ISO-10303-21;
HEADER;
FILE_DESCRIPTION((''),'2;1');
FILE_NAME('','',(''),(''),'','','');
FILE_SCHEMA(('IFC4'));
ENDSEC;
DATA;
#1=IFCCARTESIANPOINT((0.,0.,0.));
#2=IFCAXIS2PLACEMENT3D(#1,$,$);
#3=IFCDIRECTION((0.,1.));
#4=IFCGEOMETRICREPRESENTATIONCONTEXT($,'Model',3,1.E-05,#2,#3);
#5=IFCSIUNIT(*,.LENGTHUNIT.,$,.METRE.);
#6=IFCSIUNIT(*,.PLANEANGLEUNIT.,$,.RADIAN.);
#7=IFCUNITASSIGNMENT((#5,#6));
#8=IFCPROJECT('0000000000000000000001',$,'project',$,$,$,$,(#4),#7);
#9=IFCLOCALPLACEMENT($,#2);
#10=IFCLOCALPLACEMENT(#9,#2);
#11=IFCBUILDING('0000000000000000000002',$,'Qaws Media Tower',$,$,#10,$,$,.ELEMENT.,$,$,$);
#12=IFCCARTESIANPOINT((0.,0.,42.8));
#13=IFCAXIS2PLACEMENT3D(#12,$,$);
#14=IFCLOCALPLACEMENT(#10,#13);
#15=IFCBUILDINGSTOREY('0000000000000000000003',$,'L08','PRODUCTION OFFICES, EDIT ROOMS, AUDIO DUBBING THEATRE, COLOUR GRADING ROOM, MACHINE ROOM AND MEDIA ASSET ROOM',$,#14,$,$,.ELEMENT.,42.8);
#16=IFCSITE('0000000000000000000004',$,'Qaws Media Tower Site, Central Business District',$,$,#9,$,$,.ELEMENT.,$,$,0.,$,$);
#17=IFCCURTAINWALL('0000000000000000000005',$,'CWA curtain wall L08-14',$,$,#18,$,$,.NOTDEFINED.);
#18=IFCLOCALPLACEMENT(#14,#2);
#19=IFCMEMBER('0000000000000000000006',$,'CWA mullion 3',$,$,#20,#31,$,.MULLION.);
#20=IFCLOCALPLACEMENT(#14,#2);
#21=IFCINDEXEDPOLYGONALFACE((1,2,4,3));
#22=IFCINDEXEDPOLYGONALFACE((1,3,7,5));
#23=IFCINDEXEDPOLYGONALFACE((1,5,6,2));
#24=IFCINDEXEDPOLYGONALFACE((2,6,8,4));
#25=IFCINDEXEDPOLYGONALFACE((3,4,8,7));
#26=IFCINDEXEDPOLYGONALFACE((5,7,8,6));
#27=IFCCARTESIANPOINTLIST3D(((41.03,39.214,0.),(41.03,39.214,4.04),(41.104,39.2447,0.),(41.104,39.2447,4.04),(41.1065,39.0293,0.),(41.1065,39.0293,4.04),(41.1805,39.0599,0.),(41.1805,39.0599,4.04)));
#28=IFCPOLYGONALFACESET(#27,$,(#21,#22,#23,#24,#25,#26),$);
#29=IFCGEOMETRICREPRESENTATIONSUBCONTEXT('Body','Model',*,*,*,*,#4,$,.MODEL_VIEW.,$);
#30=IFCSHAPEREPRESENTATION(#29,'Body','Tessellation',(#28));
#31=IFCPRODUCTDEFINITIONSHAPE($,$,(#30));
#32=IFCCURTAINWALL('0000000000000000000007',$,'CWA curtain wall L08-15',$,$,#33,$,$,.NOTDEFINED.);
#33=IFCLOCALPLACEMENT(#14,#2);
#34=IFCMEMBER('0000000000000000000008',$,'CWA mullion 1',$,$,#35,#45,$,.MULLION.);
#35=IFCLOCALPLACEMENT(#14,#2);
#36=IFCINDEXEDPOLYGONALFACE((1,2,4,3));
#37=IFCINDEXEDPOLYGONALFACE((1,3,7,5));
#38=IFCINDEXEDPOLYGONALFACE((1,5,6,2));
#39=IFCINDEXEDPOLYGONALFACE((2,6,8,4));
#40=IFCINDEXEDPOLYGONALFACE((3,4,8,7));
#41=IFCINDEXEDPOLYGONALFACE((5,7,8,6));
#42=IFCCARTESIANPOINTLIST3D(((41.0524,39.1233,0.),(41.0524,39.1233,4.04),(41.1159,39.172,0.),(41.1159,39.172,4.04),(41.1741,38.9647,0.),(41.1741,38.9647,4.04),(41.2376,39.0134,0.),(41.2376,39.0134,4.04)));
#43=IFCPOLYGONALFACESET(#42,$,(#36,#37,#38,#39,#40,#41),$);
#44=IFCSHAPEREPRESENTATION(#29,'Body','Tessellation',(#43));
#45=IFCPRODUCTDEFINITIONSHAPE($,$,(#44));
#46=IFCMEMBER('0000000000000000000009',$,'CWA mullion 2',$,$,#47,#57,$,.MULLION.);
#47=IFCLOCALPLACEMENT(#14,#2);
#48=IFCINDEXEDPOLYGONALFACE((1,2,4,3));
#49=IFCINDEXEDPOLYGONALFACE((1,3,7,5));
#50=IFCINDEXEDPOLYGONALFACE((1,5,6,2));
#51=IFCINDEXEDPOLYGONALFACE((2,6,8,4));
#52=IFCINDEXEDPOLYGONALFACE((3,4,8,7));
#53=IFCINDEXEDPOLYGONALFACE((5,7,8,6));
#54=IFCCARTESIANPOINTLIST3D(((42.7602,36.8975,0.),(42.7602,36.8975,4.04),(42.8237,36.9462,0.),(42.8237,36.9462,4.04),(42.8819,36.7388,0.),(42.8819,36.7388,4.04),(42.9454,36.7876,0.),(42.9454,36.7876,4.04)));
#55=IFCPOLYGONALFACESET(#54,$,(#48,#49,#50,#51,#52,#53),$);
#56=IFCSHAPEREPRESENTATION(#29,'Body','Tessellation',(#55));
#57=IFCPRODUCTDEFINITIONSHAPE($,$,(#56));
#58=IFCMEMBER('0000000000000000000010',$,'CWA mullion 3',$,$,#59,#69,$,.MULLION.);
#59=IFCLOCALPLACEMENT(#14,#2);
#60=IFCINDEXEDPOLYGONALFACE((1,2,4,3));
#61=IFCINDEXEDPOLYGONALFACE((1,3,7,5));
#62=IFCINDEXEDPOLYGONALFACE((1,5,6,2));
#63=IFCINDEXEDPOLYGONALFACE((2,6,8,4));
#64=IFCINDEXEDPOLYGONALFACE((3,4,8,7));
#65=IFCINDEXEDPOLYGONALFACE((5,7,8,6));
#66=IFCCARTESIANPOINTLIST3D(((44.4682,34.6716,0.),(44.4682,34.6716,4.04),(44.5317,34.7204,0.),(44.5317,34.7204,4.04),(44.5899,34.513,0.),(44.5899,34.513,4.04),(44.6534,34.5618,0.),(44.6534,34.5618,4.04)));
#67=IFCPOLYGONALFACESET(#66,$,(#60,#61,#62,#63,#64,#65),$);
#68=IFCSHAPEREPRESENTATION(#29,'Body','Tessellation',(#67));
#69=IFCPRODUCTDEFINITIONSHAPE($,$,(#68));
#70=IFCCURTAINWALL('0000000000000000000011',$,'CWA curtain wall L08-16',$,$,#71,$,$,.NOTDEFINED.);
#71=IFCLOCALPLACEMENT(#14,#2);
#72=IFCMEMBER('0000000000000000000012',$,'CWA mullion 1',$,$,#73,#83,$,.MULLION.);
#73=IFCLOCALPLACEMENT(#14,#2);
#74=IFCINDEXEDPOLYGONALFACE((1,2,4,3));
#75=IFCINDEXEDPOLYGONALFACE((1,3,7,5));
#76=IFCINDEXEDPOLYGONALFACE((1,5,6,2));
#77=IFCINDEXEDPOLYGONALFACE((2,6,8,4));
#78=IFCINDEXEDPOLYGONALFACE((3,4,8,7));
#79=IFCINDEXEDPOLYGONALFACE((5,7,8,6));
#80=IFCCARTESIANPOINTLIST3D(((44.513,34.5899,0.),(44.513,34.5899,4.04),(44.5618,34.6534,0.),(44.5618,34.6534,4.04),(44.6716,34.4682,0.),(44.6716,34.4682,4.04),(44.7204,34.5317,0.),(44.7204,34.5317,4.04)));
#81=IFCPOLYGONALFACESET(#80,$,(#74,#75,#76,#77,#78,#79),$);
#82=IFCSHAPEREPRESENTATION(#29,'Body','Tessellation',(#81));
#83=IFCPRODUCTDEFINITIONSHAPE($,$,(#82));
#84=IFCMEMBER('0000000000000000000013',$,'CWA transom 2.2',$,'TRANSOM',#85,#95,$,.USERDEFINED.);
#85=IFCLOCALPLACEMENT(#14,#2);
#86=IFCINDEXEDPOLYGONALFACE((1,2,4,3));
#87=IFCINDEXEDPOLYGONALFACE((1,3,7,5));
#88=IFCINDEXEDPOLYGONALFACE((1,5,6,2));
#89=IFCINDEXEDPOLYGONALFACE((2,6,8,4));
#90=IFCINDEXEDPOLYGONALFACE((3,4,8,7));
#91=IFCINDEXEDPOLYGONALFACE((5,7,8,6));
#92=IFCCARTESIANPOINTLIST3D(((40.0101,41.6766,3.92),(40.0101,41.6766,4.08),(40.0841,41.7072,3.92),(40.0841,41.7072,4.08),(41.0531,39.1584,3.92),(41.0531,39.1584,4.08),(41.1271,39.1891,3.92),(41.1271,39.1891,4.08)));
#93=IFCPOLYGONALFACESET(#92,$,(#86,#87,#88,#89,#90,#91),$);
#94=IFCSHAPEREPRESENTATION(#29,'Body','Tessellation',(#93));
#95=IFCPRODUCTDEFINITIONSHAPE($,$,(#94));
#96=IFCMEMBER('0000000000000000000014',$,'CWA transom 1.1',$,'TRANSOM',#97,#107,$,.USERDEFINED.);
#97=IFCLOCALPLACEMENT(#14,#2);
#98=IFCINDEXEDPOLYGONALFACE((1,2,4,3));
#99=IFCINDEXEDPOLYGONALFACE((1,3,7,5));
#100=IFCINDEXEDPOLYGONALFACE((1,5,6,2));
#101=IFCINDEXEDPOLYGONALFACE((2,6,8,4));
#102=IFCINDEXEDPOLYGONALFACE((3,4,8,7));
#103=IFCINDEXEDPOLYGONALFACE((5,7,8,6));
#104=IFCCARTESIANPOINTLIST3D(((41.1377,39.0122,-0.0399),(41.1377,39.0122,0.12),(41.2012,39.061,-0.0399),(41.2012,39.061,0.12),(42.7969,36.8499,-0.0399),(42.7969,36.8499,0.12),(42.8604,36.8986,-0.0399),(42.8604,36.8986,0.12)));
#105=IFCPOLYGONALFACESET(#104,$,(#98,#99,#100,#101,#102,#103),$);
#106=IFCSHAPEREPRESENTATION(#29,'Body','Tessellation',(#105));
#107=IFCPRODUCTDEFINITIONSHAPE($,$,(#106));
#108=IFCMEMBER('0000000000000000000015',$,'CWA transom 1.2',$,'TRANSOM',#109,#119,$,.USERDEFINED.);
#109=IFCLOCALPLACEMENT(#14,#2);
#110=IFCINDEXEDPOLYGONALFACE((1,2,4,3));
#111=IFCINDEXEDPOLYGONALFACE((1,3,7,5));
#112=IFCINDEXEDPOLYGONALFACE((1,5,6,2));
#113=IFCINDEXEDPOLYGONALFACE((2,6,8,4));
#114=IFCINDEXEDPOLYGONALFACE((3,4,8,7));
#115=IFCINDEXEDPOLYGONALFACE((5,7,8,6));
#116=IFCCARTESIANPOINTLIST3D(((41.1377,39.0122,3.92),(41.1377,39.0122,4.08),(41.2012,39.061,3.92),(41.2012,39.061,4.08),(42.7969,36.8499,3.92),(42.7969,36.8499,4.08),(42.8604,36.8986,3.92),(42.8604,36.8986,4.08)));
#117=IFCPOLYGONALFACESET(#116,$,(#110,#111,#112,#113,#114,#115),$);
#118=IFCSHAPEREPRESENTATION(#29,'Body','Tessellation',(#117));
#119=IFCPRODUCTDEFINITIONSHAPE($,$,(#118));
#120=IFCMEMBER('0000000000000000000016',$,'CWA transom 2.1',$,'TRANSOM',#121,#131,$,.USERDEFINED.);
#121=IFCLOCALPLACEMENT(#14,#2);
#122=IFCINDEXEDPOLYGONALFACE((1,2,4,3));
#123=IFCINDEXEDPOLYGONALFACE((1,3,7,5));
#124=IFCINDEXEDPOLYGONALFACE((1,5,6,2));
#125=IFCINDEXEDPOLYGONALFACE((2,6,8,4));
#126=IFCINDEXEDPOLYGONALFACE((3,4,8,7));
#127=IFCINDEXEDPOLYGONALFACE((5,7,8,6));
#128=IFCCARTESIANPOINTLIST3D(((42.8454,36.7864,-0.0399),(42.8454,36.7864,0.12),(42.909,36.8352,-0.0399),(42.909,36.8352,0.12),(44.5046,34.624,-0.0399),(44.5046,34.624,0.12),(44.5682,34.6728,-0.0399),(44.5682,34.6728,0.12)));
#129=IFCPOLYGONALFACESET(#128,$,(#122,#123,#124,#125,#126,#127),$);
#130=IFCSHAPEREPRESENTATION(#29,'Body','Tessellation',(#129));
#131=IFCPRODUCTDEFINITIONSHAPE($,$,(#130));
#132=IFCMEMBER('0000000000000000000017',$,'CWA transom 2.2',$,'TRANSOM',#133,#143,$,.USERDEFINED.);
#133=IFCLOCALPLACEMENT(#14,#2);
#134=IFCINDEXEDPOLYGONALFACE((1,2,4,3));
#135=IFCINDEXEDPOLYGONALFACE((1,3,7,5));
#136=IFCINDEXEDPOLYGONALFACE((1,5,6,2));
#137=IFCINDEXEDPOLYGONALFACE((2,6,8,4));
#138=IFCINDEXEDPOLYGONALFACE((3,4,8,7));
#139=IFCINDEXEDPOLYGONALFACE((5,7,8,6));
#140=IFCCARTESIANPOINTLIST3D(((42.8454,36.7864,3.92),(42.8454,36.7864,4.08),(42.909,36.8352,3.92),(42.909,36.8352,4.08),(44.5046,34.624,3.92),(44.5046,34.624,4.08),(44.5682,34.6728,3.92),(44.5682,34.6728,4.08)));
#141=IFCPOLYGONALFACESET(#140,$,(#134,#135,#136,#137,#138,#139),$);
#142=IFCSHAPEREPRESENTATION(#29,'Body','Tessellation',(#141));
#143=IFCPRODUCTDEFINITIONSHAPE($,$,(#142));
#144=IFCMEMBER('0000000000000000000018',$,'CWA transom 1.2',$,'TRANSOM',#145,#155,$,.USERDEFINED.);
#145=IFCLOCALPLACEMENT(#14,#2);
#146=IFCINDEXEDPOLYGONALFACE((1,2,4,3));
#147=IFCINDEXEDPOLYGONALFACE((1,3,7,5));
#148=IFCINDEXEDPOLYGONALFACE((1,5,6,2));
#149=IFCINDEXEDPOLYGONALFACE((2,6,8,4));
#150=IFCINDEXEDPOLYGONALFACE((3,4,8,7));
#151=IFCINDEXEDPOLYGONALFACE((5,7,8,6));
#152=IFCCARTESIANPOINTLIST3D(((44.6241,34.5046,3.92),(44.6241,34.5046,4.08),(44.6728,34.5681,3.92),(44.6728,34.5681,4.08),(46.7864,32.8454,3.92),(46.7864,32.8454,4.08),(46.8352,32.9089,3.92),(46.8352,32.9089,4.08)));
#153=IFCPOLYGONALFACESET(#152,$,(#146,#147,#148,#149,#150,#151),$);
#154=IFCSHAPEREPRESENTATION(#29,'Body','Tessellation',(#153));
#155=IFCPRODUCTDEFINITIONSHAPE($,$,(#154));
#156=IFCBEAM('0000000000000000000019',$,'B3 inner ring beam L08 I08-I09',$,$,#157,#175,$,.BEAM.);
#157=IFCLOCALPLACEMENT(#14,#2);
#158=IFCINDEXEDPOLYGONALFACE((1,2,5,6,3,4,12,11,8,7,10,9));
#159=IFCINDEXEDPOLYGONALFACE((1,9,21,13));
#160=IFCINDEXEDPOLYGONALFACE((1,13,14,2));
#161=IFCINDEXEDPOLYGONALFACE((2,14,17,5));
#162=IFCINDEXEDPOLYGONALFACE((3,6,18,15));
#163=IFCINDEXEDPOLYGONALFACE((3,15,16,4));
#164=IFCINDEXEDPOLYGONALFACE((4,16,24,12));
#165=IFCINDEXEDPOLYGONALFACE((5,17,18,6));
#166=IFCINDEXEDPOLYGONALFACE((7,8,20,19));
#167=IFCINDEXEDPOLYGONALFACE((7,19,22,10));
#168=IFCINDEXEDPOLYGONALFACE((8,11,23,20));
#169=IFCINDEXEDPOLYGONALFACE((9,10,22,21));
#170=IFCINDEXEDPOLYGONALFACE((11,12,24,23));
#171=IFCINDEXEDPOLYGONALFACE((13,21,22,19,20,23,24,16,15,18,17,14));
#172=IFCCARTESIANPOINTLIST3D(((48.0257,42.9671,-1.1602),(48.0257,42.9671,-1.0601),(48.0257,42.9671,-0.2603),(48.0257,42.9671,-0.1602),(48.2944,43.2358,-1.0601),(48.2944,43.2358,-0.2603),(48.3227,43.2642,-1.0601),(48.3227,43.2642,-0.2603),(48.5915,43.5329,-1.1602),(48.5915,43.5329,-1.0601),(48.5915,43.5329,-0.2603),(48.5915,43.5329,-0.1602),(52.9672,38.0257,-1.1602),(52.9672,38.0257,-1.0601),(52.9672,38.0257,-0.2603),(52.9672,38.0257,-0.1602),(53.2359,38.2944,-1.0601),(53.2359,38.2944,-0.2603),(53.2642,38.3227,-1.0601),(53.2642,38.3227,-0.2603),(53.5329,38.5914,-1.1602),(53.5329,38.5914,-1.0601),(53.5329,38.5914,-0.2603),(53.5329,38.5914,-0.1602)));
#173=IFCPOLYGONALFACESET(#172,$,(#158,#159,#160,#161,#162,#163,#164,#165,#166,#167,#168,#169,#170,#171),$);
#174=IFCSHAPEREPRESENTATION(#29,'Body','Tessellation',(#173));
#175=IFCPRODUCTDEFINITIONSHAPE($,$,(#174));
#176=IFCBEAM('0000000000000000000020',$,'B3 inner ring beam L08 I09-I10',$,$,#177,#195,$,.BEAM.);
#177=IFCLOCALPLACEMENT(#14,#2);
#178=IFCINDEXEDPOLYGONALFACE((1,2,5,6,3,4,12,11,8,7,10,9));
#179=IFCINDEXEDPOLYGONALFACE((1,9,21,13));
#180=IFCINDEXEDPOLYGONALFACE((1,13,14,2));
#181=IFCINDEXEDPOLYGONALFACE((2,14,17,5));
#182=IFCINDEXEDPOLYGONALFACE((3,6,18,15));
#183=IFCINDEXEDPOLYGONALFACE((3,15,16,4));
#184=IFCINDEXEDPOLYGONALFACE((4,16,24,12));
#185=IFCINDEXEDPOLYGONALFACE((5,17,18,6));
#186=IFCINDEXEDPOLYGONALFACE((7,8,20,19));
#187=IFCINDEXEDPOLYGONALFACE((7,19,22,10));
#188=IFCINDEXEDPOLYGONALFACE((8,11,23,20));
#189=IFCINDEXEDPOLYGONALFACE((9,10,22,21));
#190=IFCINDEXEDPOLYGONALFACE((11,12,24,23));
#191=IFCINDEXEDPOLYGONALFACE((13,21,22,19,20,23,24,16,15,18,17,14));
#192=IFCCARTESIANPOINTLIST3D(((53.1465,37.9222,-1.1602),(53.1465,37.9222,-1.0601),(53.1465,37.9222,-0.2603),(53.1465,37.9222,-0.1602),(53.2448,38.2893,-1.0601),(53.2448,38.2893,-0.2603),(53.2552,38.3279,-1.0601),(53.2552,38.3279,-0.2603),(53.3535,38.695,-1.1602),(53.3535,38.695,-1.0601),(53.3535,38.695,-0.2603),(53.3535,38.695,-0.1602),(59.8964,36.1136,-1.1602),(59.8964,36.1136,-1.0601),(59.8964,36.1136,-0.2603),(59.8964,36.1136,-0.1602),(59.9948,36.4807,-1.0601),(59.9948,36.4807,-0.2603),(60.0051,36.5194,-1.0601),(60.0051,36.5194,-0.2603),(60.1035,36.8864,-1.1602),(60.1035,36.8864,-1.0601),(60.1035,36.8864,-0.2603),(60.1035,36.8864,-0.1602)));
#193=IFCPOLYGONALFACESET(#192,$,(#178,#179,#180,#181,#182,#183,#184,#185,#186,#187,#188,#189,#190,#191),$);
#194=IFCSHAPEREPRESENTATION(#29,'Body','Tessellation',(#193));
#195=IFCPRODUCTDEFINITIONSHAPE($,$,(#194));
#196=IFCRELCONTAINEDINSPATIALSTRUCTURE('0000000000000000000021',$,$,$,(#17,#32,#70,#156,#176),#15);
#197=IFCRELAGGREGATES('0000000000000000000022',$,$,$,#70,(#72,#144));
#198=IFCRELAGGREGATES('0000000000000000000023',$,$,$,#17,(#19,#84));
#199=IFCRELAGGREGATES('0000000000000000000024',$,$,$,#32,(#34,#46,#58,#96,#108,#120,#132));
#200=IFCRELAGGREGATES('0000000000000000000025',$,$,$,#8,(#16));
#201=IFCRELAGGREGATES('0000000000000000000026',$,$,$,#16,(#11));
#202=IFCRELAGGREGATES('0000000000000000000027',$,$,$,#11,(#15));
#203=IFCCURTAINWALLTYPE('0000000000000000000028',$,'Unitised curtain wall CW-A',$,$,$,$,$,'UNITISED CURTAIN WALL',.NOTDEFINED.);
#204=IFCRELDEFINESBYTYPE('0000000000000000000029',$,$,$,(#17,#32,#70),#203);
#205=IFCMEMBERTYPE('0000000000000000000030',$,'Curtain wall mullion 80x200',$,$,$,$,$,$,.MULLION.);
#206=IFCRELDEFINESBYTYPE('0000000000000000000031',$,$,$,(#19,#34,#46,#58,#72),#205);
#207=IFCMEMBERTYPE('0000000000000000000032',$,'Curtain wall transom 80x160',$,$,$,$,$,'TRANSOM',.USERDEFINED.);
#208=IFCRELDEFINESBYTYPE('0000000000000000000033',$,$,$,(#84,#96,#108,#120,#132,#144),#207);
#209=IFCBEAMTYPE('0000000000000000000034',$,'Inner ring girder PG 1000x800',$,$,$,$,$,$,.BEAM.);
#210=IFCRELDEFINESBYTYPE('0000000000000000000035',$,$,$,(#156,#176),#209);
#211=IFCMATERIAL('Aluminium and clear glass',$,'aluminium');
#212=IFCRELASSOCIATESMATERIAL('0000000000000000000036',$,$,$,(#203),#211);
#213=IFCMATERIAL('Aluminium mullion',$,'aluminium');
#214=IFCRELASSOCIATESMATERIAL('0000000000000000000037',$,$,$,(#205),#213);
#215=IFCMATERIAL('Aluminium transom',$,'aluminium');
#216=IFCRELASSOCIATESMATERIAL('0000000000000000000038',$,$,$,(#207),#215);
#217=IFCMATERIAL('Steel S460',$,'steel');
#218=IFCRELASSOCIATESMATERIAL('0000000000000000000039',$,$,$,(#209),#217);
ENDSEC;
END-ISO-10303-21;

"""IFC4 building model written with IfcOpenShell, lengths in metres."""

from ifc_helpers import new_model, si_unit, direction, frame, origin, origin_2d, place, context, subcontext, project, spatial, rectangle, i_section, extrude, material, material_profile, profile_set, type_object, element, aggregate, save


model = new_model("IFC4")

# Units and contexts
model_context = context("Model", 3, precision=1e-05, world=origin(), true_north=direction((0.0, 1.0)))
body_context = subcontext(model_context, "Body", "Model", "MODEL_VIEW")
ifc_project = project(units=[si_unit("LENGTHUNIT", "METRE"), si_unit("PLANEANGLEUNIT", "RADIAN")], contexts=[model_context])

# Site, building, storey
site_placement = place(None, origin())
site = spatial("IfcSite", under=ifc_project, at=site_placement, Name="Qaws Media Tower Site, Central Business District", CompositionType="ELEMENT", RefElevation=0.0)
building_placement = place(site_placement, origin())
building = spatial("IfcBuilding", under=site, at=building_placement, Name="Qaws Media Tower", CompositionType="ELEMENT")
storey_placement = place(building_placement, frame((0.0, 0.0, 42.8)))
storey = spatial("IfcBuildingStorey", under=building, at=storey_placement, Name="L08", Description="PRODUCTION OFFICES, EDIT ROOMS, AUDIO DUBBING THEATRE, COLOUR GRADING ROOM, MACHINE ROOM AND MEDIA ASSET ROOM", CompositionType="ELEMENT", Elevation=42.8)

# Curtain wall, member
ifc_material_1 = material(Name="Aluminium and clear glass", Category="aluminium")
curtain_wall_type = type_object("IfcCurtainWallType", Name="Unitised curtain wall CW-A", ElementType="UNITISED CURTAIN WALL", PredefinedType="NOTDEFINED", material=ifc_material_1)
curtain_wall_1_placement = place(storey_placement, origin())
curtain_wall_1 = element("IfcCurtainWall", 1, at=curtain_wall_1_placement, inside=storey, type_object=curtain_wall_type, Name="CWA curtain wall L08-14", PredefinedType="NOTDEFINED")
ifc_material_2 = material(Name="Aluminium mullion", Category="aluminium")
ifc_material_profile_1 = material_profile(ifc_material_2, rectangle(XDim=0.0801, YDim=0.2, at=origin_2d()), Name="80x200")
ifc_profile_set_1 = profile_set([ifc_material_profile_1], Name="Aluminium mullion")
member_type_1 = type_object("IfcMemberType", Name="Curtain wall mullion 80x200", PredefinedType="MULLION", material=ifc_profile_set_1)
member_1_placement = place(storey_placement, frame((41.1052, 39.137, 0.0), z_axis=(0.0, 0.0, 1.0), x_axis=(0.92388, 0.382683, 0.0)))
member_1 = element("IfcMember", 2, at=member_1_placement, type_object=member_type_1, Name="CWA mullion 3", PredefinedType="MULLION", context=body_context, shape_type="SweptSolid", body=[
    extrude(rectangle(XDim=0.0801, YDim=0.2, at=origin_2d()), origin(), (0.0, 0.0, 1.0), 4.04),
])

# Curtain wall, members
curtain_wall_2_placement = place(storey_placement, origin())
curtain_wall_2 = element("IfcCurtainWall", 3, at=curtain_wall_2_placement, inside=storey, type_object=curtain_wall_type, Name="CWA curtain wall L08-15", PredefinedType="NOTDEFINED")
member_2_placement = place(storey_placement, frame((41.145, 39.0684, 0.0), z_axis=(0.0, 0.0, 1.0), x_axis=(0.793353, 0.608761, 0.0)))
member_2 = element("IfcMember", 4, at=member_2_placement, type_object=member_type_1, Name="CWA mullion 1", PredefinedType="MULLION", context=body_context, shape_type="SweptSolid", body=[
    extrude(rectangle(XDim=0.0801, YDim=0.2, at=origin_2d()), origin(), (0.0, 0.0, 1.0), 4.04),
])
member_3_placement = place(storey_placement, frame((42.8528, 36.8425, 0.0), z_axis=(0.0, 0.0, 1.0), x_axis=(0.793353, 0.608761, 0.0)))
member_3 = element("IfcMember", 5, at=member_3_placement, type_object=member_type_1, Name="CWA mullion 2", PredefinedType="MULLION", context=body_context, shape_type="SweptSolid", body=[
    extrude(rectangle(XDim=0.0801, YDim=0.2, at=origin_2d()), origin(), (0.0, 0.0, 1.0), 4.04),
])
member_4_placement = place(storey_placement, frame((44.5608, 34.6167, 0.0), z_axis=(0.0, 0.0, 1.0), x_axis=(0.793353, 0.608761, 0.0)))
member_4 = element("IfcMember", 6, at=member_4_placement, type_object=member_type_1, Name="CWA mullion 3", PredefinedType="MULLION", context=body_context, shape_type="SweptSolid", body=[
    extrude(rectangle(XDim=0.0801, YDim=0.2, at=origin_2d()), origin(), (0.0, 0.0, 1.0), 4.04),
])

# Curtain wall, member
curtain_wall_3_placement = place(storey_placement, origin())
curtain_wall_3 = element("IfcCurtainWall", 7, at=curtain_wall_3_placement, inside=storey, type_object=curtain_wall_type, Name="CWA curtain wall L08-16", PredefinedType="NOTDEFINED")
member_5_placement = place(storey_placement, frame((44.6167, 34.5608, 0.0), z_axis=(0.0, 0.0, 1.0), x_axis=(0.608761, 0.793353, 0.0)))
member_5 = element("IfcMember", 8, at=member_5_placement, type_object=member_type_1, Name="CWA mullion 1", PredefinedType="MULLION", context=body_context, shape_type="SweptSolid", body=[
    extrude(rectangle(XDim=0.0801, YDim=0.2, at=origin_2d()), origin(), (0.0, 0.0, 1.0), 4.04),
])

# Members
ifc_material_3 = material(Name="Aluminium transom", Category="aluminium")
ifc_material_profile_2 = material_profile(ifc_material_3, rectangle(XDim=0.0801, YDim=0.1599, at=origin_2d()), Name="80x160")
ifc_profile_set_2 = profile_set([ifc_material_profile_2], Name="Aluminium transom")
member_type_2 = type_object("IfcMemberType", Name="Curtain wall transom 80x160", ElementType="TRANSOM", PredefinedType="USERDEFINED", material=ifc_profile_set_2)
member_6_placement = place(storey_placement, frame((40.0471, 41.6919, 4.0), z_axis=(0.382668, -0.923886, 0.0), x_axis=(0.923886, 0.382668, 0.0)))
member_6 = element("IfcMember", 9, at=member_6_placement, type_object=member_type_2, Name="CWA transom 2.2", ObjectType="TRANSOM", PredefinedType="USERDEFINED", context=body_context, shape_type="SweptSolid", body=[
    extrude(rectangle(XDim=0.0801, YDim=0.1599, at=origin_2d()), origin(), (0.0, 0.0, 1.0), 2.7256),
])
member_7_placement = place(storey_placement, frame((41.1694, 39.0366, 0.04), z_axis=(0.608749, -0.793363, 0.0), x_axis=(0.793363, 0.608749, 0.0)))
member_7 = element("IfcMember", 10, at=member_7_placement, type_object=member_type_2, Name="CWA transom 1.1", ObjectType="TRANSOM", PredefinedType="USERDEFINED", context=body_context, shape_type="SweptSolid", body=[
    extrude(rectangle(XDim=0.0801, YDim=0.1599, at=origin_2d()), origin(), (0.0, 0.0, 1.0), 2.7256),
])
member_8_placement = place(storey_placement, frame((41.1694, 39.0366, 4.0), z_axis=(0.608749, -0.793363, 0.0), x_axis=(0.793363, 0.608749, 0.0)))
member_8 = element("IfcMember", 11, at=member_8_placement, type_object=member_type_2, Name="CWA transom 1.2", ObjectType="TRANSOM", PredefinedType="USERDEFINED", context=body_context, shape_type="SweptSolid", body=[
    extrude(rectangle(XDim=0.0801, YDim=0.1599, at=origin_2d()), origin(), (0.0, 0.0, 1.0), 2.7256),
])
member_9_placement = place(storey_placement, frame((42.8772, 36.8108, 0.04), z_axis=(0.608749, -0.793363, 0.0), x_axis=(0.793363, 0.608749, 0.0)))
member_9 = element("IfcMember", 12, at=member_9_placement, type_object=member_type_2, Name="CWA transom 2.1", ObjectType="TRANSOM", PredefinedType="USERDEFINED", context=body_context, shape_type="SweptSolid", body=[
    extrude(rectangle(XDim=0.0801, YDim=0.1599, at=origin_2d()), origin(), (0.0, 0.0, 1.0), 2.7256),
])
member_10_placement = place(storey_placement, frame((42.8772, 36.8108, 4.0), z_axis=(0.608749, -0.793363, 0.0), x_axis=(0.793363, 0.608749, 0.0)))
member_10 = element("IfcMember", 13, at=member_10_placement, type_object=member_type_2, Name="CWA transom 2.2", ObjectType="TRANSOM", PredefinedType="USERDEFINED", context=body_context, shape_type="SweptSolid", body=[
    extrude(rectangle(XDim=0.0801, YDim=0.1599, at=origin_2d()), origin(), (0.0, 0.0, 1.0), 2.7256),
])
member_11_placement = place(storey_placement, frame((44.6484, 34.5364, 4.0), z_axis=(0.793363, -0.608749, 0.0), x_axis=(0.608749, 0.793363, 0.0)))
member_11 = element("IfcMember", 14, at=member_11_placement, type_object=member_type_2, Name="CWA transom 1.2", ObjectType="TRANSOM", PredefinedType="USERDEFINED", context=body_context, shape_type="SweptSolid", body=[
    extrude(rectangle(XDim=0.0801, YDim=0.1599, at=origin_2d()), origin(), (0.0, 0.0, 1.0), 2.7256),
])
aggregate(curtain_wall_3, [member_5, member_11])

# Beams
ifc_material_4 = material(Name="Steel S460", Category="steel")
ifc_material_profile_3 = material_profile(ifc_material_4, i_section(OverallWidth=0.8, OverallDepth=1.0, WebThickness=0.04, FlangeThickness=0.1001, at=origin_2d()), Name="PG 1000x800")
ifc_profile_set_3 = profile_set([ifc_material_profile_3], Name="Steel S460")
beam_type_1 = type_object("IfcBeamType", Name="Inner ring girder PG 1000x800", PredefinedType="BEAM", material=ifc_profile_set_3)
beam_1_placement = place(storey_placement, frame((48.3086, 43.25, -0.6602), z_axis=(0.707107, -0.707107, 0.0), x_axis=(0.707107, 0.707107, 0.0)))
element("IfcBeam", 15, at=beam_1_placement, inside=storey, type_object=beam_type_1, Name="B3 inner ring beam L08 I08-I09", PredefinedType="BEAM", context=body_context, shape_type="SweptSolid", body=[
    extrude(i_section(OverallWidth=0.8, OverallDepth=1.0, WebThickness=0.04, FlangeThickness=0.1001, at=origin_2d()), origin(), (0.0, 0.0, 1.0), 6.9883),
])
beam_2_placement = place(storey_placement, frame((53.25, 38.3086, -0.6602), z_axis=(0.965928, -0.258811, 0.0), x_axis=(0.258811, 0.965928, 0.0)))
element("IfcBeam", 16, at=beam_2_placement, inside=storey, type_object=beam_type_1, Name="B3 inner ring beam L08 I09-I10", PredefinedType="BEAM", context=body_context, shape_type="SweptSolid", body=[
    extrude(i_section(OverallWidth=0.8, OverallDepth=1.0, WebThickness=0.04, FlangeThickness=0.1001, at=origin_2d()), origin(), (0.0, 0.0, 1.0), 6.988),
])

aggregate(curtain_wall_1, [member_1, member_6])
aggregate(curtain_wall_2, [member_2, member_3, member_4, member_7, member_8, member_9, member_10])

save(model, "model.ifc")
